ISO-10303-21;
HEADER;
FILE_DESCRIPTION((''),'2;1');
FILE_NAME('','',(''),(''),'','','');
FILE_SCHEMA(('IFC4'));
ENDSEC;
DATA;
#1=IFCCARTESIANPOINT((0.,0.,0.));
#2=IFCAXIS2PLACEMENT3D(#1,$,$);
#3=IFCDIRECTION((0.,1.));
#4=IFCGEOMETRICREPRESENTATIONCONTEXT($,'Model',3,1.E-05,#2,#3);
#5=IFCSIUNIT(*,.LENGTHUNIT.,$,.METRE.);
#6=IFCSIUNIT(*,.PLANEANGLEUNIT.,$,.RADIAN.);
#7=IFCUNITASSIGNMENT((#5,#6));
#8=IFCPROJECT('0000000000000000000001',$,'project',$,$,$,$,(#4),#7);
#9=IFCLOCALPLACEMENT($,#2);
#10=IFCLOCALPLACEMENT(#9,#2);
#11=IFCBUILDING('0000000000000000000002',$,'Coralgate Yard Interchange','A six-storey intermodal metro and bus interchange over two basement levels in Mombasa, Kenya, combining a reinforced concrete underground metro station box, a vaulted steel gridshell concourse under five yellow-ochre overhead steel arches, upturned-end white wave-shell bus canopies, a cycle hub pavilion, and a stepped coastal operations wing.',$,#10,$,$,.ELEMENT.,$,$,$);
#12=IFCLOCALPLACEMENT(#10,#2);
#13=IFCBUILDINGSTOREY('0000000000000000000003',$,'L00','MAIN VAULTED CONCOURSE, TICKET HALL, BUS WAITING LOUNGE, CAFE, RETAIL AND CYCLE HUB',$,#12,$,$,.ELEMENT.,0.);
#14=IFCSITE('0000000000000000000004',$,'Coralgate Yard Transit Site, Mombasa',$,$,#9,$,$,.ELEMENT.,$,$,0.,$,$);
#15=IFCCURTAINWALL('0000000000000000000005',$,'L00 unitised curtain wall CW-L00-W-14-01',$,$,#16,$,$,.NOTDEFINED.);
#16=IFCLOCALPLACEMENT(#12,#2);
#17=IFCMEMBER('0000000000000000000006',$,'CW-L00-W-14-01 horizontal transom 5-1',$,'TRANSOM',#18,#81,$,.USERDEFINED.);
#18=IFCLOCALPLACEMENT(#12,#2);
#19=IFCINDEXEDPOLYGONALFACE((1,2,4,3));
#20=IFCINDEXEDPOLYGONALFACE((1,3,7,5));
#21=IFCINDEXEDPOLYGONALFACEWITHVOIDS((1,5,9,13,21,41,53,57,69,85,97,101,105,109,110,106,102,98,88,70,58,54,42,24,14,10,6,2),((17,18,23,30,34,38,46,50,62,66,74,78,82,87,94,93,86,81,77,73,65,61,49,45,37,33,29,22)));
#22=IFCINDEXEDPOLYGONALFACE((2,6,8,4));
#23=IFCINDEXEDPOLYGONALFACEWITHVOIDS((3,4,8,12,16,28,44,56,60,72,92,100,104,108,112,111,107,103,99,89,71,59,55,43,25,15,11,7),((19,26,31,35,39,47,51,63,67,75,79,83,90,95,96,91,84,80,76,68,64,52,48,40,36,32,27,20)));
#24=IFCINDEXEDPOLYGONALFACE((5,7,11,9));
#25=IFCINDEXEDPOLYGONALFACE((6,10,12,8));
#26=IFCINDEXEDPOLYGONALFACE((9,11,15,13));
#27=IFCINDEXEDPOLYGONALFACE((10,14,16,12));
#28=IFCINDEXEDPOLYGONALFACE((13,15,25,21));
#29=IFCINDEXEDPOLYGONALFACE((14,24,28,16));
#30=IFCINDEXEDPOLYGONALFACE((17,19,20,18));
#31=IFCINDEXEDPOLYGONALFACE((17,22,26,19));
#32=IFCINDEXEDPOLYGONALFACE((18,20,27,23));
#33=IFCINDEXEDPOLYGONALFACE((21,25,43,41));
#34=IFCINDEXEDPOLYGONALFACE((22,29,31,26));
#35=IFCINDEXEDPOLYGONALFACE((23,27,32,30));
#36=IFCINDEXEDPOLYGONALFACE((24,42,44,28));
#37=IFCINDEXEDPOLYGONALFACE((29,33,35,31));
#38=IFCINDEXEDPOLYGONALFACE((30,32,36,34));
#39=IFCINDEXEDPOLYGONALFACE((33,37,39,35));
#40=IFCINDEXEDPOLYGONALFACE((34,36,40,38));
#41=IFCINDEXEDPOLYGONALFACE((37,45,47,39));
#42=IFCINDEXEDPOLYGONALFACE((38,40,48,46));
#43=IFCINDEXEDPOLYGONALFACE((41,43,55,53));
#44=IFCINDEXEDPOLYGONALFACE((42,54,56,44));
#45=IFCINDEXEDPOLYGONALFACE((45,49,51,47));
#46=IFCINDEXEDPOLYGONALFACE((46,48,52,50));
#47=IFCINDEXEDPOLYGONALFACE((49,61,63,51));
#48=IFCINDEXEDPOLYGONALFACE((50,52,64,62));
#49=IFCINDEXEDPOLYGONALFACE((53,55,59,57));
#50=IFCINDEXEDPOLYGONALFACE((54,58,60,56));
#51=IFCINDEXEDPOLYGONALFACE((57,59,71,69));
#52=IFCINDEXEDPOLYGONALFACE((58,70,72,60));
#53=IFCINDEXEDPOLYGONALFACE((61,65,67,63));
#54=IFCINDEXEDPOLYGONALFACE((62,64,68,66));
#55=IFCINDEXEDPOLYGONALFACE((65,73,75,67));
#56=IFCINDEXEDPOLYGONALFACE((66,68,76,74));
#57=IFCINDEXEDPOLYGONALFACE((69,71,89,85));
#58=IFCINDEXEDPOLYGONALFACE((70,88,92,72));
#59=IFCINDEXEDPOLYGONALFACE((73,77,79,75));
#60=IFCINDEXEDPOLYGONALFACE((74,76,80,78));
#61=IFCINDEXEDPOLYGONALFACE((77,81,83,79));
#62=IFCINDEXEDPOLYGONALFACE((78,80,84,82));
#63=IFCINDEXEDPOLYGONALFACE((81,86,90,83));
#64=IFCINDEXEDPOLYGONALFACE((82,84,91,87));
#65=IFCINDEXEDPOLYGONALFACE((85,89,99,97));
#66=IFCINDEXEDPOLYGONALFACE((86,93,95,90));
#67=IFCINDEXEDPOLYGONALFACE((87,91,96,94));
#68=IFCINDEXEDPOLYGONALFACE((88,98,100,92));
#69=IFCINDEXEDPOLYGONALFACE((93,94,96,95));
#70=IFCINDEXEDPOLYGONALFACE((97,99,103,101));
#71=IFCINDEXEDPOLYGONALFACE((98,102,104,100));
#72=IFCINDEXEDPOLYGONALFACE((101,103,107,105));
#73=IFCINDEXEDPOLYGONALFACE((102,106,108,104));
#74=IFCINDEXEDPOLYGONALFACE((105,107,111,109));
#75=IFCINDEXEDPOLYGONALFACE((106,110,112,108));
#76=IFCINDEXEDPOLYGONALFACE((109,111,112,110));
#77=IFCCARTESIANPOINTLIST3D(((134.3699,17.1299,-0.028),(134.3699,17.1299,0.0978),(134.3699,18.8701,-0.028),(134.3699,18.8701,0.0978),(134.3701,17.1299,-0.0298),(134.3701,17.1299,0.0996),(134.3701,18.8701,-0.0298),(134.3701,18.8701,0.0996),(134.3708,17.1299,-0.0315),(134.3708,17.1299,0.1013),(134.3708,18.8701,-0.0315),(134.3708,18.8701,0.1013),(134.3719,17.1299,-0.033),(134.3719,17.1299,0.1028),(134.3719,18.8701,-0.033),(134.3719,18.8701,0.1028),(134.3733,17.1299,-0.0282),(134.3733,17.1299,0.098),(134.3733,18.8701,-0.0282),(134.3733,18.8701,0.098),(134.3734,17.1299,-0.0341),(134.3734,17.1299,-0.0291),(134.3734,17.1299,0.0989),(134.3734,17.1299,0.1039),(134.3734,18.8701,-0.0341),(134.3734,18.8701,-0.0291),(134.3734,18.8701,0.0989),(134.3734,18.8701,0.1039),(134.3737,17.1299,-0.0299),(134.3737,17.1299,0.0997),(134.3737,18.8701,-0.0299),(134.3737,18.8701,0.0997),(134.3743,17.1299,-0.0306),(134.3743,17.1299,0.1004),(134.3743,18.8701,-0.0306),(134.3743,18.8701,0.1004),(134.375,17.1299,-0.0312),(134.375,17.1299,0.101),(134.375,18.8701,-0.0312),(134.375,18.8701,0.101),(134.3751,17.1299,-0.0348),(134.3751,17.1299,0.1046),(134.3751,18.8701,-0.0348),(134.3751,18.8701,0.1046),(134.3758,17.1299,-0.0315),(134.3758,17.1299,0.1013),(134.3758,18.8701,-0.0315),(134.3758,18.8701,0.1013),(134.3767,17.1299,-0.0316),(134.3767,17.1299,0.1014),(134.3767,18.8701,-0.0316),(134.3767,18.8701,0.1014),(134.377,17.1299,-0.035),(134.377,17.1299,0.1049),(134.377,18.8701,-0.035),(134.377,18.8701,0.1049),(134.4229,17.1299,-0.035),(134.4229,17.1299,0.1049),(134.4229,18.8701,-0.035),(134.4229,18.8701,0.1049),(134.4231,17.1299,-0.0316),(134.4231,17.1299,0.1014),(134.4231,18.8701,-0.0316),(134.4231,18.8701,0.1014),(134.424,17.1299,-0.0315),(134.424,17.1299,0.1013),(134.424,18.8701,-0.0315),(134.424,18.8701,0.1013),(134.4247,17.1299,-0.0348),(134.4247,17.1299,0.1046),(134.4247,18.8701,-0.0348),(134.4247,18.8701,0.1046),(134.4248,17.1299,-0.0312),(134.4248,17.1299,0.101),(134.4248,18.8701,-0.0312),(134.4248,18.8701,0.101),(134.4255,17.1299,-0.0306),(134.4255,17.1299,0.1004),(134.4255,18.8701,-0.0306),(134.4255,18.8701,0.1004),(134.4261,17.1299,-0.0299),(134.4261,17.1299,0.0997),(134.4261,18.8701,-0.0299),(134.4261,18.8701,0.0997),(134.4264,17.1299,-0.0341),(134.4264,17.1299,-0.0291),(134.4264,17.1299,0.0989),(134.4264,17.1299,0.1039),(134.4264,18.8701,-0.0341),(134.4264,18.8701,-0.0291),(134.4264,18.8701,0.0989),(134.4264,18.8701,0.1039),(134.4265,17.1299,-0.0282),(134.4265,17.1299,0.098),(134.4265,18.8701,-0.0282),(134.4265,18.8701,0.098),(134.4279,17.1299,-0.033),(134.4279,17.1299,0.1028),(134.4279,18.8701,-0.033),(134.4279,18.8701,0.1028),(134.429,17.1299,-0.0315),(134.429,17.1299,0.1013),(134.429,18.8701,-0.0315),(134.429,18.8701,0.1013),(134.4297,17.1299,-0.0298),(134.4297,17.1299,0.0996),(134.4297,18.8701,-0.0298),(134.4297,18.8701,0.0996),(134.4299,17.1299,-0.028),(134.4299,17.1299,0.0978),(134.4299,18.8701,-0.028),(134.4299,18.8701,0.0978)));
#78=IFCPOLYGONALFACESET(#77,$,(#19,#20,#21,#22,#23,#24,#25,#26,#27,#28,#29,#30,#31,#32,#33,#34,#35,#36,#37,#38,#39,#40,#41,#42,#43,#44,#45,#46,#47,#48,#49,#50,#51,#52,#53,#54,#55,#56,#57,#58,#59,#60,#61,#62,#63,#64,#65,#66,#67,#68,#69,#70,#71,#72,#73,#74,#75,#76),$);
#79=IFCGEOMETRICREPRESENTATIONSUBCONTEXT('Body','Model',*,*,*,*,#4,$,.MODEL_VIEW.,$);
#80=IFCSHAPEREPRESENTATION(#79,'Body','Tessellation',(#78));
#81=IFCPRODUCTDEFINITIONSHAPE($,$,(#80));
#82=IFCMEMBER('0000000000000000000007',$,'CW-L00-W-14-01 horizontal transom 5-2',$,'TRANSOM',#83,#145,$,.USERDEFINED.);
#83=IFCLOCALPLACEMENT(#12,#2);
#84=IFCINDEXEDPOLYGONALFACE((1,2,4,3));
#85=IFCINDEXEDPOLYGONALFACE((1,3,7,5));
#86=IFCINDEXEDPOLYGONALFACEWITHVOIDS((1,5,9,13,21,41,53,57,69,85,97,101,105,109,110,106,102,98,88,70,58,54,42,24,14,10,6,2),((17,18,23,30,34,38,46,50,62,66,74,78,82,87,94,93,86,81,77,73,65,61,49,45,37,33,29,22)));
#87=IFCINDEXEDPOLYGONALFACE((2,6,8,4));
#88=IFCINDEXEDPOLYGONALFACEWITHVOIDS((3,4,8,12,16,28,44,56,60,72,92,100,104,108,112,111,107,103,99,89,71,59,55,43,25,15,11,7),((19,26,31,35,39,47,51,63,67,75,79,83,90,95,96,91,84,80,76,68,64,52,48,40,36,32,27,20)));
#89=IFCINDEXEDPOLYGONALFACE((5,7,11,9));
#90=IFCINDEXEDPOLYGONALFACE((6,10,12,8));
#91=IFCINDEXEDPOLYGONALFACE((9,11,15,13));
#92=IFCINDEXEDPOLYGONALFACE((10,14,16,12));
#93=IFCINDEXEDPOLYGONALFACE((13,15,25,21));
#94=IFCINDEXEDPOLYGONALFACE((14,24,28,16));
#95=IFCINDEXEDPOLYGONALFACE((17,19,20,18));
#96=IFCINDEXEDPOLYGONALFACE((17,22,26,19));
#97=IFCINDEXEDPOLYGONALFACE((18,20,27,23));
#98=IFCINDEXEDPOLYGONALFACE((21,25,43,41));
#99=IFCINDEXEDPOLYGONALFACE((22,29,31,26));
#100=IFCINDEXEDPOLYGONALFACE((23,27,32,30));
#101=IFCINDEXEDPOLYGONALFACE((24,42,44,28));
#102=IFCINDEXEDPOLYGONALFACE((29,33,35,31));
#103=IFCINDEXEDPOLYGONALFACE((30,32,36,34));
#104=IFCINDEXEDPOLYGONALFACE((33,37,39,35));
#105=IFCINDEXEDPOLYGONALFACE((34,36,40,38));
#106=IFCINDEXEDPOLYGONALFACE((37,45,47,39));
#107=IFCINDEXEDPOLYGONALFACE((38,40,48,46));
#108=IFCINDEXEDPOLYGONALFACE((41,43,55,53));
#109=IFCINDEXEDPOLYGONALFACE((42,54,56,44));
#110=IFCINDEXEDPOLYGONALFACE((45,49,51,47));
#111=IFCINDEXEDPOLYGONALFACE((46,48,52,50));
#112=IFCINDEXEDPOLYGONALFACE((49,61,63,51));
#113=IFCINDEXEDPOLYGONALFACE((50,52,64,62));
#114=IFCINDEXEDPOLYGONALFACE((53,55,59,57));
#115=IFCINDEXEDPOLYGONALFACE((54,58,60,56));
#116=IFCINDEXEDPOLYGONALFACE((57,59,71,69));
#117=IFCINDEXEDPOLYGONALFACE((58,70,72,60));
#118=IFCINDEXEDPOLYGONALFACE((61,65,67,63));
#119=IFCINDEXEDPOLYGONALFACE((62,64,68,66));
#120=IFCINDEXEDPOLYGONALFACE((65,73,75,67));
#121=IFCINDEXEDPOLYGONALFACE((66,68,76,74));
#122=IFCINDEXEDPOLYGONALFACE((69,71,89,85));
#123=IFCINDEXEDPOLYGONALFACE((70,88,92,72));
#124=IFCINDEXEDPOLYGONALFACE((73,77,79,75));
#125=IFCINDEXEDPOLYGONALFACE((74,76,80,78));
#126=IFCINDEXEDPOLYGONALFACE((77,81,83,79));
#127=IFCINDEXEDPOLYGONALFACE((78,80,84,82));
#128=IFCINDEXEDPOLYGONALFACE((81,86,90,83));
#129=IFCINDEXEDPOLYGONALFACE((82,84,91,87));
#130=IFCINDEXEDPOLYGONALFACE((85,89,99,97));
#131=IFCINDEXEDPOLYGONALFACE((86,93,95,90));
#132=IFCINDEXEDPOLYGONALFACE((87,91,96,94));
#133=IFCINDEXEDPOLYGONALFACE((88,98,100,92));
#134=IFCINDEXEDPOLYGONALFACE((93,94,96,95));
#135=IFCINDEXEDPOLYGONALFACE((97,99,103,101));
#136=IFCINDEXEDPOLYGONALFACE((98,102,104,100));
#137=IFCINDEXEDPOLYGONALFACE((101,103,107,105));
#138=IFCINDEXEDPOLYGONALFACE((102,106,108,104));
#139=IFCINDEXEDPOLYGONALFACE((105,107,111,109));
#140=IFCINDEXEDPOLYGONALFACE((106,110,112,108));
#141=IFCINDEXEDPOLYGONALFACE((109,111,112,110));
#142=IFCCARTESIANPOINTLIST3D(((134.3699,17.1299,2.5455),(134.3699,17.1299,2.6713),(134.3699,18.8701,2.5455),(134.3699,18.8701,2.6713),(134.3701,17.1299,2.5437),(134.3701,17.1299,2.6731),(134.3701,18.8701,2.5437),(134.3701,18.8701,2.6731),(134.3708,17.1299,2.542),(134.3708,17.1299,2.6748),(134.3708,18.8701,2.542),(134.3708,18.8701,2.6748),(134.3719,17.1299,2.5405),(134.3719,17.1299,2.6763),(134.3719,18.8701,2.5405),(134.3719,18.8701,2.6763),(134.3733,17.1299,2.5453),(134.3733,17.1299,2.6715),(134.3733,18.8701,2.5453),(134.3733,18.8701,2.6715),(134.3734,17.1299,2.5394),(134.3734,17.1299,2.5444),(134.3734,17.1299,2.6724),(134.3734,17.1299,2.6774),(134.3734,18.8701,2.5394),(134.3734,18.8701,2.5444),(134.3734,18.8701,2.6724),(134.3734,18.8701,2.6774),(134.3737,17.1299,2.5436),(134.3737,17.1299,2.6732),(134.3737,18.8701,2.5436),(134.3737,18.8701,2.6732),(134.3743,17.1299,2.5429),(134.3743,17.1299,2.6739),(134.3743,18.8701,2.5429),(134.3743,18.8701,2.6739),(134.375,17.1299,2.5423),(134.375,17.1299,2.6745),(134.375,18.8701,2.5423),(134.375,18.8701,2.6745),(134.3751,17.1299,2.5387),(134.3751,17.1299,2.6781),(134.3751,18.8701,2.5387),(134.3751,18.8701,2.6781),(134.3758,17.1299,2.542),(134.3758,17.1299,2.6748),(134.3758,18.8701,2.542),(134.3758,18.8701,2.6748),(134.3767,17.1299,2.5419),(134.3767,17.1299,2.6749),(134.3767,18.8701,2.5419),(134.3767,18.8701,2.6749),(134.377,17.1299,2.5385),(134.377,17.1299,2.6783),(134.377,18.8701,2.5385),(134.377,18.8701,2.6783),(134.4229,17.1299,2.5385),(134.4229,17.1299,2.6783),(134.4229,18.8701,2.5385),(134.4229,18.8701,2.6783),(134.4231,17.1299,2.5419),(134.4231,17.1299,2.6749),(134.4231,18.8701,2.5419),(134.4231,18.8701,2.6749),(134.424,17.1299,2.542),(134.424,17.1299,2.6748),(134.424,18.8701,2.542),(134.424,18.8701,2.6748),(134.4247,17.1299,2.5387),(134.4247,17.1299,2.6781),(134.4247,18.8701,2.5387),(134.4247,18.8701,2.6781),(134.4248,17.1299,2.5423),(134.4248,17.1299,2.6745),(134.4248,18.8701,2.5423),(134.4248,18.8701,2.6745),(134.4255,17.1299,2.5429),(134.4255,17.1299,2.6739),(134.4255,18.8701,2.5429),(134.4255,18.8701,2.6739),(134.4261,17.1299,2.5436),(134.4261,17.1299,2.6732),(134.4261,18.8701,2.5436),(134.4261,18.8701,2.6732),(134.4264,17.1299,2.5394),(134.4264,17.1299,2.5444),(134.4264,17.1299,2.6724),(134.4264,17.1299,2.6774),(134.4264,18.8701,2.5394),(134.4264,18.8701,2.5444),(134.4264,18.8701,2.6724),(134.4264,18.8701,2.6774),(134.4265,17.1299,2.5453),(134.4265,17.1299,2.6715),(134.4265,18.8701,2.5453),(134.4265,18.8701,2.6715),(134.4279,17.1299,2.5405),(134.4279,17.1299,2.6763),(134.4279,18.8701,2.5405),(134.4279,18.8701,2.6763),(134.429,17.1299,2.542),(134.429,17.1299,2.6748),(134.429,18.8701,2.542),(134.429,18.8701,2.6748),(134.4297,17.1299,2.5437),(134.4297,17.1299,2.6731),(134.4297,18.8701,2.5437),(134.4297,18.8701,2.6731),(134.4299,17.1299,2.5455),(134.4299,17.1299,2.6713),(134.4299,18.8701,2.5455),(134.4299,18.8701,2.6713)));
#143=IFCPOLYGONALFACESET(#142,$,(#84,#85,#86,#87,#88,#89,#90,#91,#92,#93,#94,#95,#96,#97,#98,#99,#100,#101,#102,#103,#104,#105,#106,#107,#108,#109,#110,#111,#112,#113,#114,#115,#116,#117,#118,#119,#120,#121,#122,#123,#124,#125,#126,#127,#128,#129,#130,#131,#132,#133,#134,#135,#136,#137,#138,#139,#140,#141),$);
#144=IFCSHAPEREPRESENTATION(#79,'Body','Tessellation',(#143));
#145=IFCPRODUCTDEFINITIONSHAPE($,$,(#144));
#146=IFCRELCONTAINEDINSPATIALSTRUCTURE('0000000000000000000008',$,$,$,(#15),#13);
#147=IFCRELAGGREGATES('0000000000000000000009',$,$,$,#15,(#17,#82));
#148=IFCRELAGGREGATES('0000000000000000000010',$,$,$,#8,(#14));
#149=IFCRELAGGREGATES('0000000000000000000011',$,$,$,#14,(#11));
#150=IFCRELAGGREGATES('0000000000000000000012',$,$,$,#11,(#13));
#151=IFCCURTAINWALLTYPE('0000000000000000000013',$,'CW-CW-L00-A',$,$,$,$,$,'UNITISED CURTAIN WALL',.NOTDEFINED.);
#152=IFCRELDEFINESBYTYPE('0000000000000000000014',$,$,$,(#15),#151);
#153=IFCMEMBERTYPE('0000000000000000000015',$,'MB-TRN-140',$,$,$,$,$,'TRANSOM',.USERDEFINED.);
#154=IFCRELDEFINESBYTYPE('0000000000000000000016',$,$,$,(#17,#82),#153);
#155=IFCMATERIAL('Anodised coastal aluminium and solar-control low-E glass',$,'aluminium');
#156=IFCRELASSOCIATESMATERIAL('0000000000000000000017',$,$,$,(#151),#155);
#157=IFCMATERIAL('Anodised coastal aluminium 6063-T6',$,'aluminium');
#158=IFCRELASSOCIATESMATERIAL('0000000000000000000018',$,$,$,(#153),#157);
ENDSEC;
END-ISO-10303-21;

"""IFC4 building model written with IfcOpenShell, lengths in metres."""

from ifc_helpers import new_model, si_unit, direction, frame, origin, origin_2d, place, context, subcontext, project, spatial, hollow_rectangle, extrude, material, material_profile, profile_set, type_object, element, aggregate, save


model = new_model("IFC4")

# Units and contexts
model_context = context("Model", 3, precision=1e-05, world=origin(), true_north=direction((0.0, 1.0)))
body_context = subcontext(model_context, "Body", "Model", "MODEL_VIEW")
ifc_project = project(units=[si_unit("LENGTHUNIT", "METRE"), si_unit("PLANEANGLEUNIT", "RADIAN")], contexts=[model_context])

# Site, building, storey
site_placement = place(None, origin())
site = spatial("IfcSite", under=ifc_project, at=site_placement, Name="Coralgate Yard Transit Site, Mombasa", CompositionType="ELEMENT", RefElevation=0.0)
building_placement = place(site_placement, origin())
building = spatial("IfcBuilding", under=site, at=building_placement, Name="Coralgate Yard Interchange", Description="A six-storey intermodal metro and bus interchange over two basement levels in Mombasa, Kenya, combining a reinforced concrete underground metro station box, a vaulted steel gridshell concourse under five yellow-ochre overhead steel arches, upturned-end white wave-shell bus canopies, a cycle hub pavilion, and a stepped coastal operations wing.", CompositionType="ELEMENT")
storey_placement = place(building_placement, origin())
storey = spatial("IfcBuildingStorey", under=building, at=storey_placement, Name="L00", Description="MAIN VAULTED CONCOURSE, TICKET HALL, BUS WAITING LOUNGE, CAFE, RETAIL AND CYCLE HUB", CompositionType="ELEMENT", Elevation=0.0)

# Curtain wall, members
ifc_material_1 = material(Name="Anodised coastal aluminium and solar-control low-E glass", Category="aluminium")
curtain_wall_type = type_object("IfcCurtainWallType", Name="CW-CW-L00-A", ElementType="UNITISED CURTAIN WALL", PredefinedType="NOTDEFINED", material=ifc_material_1)
curtain_wall_placement = place(storey_placement, origin())
curtain_wall = element("IfcCurtainWall", 1, at=curtain_wall_placement, inside=storey, type_object=curtain_wall_type, Name="L00 unitised curtain wall CW-L00-W-14-01", PredefinedType="NOTDEFINED")
ifc_material_2 = material(Name="Anodised coastal aluminium 6063-T6", Category="aluminium")
ifc_material_profile_1 = material_profile(ifc_material_2, hollow_rectangle(XDim=0.0601, YDim=0.1399, WallThickness=0.0034, InnerFilletRadius=0.0034, OuterFilletRadius=0.0071, at=origin_2d()), Name="ALU 60x140x3.5")
ifc_profile_set_1 = profile_set([ifc_material_profile_1], Name="Anodised coastal aluminium 6063-T6")
member_type = type_object("IfcMemberType", Name="MB-TRN-140", ElementType="TRANSOM", PredefinedType="USERDEFINED", material=ifc_profile_set_1)
member_1_placement = place(storey_placement, frame((134.3999, 17.1299, 0.0349), z_axis=(0.0, 1.0, 0.0), x_axis=(-1.0, 0.0, 0.0)))
member_1 = element("IfcMember", 2, at=member_1_placement, type_object=member_type, Name="CW-L00-W-14-01 horizontal transom 5-1", ObjectType="TRANSOM", PredefinedType="USERDEFINED", context=body_context, shape_type="SweptSolid", body=[
    extrude(hollow_rectangle(XDim=0.0601, YDim=0.1399, WallThickness=0.0034, InnerFilletRadius=0.0034, OuterFilletRadius=0.0071, at=origin_2d()), origin(), (0.0, 0.0, 1.0), 1.7402),
])
member_2_placement = place(storey_placement, frame((134.3999, 17.1299, 2.6084), z_axis=(0.0, 1.0, 0.0), x_axis=(-1.0, 0.0, 0.0)))
member_2 = element("IfcMember", 3, at=member_2_placement, type_object=member_type, Name="CW-L00-W-14-01 horizontal transom 5-2", ObjectType="TRANSOM", PredefinedType="USERDEFINED", context=body_context, shape_type="SweptSolid", body=[
    extrude(hollow_rectangle(XDim=0.0601, YDim=0.1399, WallThickness=0.0034, InnerFilletRadius=0.0034, OuterFilletRadius=0.0071, at=origin_2d()), origin(), (0.0, 0.0, 1.0), 1.7402),
])

aggregate(curtain_wall, [member_1, member_2])

save(model, "model.ifc")
